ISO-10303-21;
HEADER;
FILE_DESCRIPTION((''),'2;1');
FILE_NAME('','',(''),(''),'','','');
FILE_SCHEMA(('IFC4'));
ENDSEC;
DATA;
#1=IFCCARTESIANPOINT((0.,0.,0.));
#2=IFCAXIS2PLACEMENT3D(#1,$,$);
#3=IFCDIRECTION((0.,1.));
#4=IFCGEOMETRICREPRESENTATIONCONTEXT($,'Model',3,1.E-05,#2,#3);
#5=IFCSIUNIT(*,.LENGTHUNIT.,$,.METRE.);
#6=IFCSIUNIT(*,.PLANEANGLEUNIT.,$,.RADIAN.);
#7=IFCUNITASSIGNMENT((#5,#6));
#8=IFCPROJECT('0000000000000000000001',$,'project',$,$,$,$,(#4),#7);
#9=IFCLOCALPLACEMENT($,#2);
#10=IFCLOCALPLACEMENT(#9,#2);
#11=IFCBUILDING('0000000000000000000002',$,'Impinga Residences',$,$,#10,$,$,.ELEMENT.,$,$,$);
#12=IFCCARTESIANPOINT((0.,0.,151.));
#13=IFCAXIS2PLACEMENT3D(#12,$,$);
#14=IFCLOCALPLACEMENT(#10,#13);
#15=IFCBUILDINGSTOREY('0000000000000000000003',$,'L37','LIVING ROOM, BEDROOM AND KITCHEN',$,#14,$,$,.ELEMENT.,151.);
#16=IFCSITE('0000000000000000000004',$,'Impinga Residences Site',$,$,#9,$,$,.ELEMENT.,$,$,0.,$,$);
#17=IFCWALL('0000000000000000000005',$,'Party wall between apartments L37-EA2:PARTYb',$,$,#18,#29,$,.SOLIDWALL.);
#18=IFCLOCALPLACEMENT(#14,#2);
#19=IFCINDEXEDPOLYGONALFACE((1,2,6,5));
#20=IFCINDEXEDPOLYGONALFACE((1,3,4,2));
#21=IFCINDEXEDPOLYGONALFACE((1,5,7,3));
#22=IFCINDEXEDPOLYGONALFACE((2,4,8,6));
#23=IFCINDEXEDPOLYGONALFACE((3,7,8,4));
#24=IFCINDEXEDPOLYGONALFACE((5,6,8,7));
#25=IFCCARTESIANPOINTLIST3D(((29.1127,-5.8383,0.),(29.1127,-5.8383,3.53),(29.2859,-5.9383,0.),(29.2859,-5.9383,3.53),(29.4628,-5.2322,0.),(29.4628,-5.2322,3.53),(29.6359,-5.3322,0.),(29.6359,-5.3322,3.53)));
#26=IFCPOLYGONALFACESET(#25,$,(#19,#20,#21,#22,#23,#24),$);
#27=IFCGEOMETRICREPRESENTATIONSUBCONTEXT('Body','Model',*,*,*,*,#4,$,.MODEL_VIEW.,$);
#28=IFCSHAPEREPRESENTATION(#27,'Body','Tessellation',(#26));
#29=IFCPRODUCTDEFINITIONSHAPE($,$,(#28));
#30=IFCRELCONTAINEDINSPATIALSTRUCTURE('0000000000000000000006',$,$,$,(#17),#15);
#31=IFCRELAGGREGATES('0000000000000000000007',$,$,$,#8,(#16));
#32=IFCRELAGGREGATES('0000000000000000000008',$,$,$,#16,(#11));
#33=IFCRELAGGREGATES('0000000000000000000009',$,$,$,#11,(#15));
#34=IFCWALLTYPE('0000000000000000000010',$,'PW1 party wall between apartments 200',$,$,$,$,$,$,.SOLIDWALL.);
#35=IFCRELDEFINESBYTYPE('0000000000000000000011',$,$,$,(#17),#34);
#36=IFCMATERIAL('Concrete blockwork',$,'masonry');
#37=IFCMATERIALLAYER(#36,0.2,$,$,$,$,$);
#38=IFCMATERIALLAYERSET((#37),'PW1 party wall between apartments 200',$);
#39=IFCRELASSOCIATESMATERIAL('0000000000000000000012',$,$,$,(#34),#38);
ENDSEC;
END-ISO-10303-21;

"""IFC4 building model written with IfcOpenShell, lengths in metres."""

from ifc_helpers import new_model, si_unit, direction, frame, frame_2d, origin, place, context, subcontext, project, spatial, rectangle, extrude, material, layer, layer_set, type_object, element, save


model = new_model("IFC4")

# Units and contexts
model_context = context("Model", 3, precision=1e-05, world=origin(), true_north=direction((0.0, 1.0)))
body_context = subcontext(model_context, "Body", "Model", "MODEL_VIEW")
ifc_project = project(units=[si_unit("LENGTHUNIT", "METRE"), si_unit("PLANEANGLEUNIT", "RADIAN")], contexts=[model_context])

# Site, building, storey
site_placement = place(None, origin())
site = spatial("IfcSite", under=ifc_project, at=site_placement, Name="Impinga Residences Site", CompositionType="ELEMENT", RefElevation=0.0)
building_placement = place(site_placement, origin())
building = spatial("IfcBuilding", under=site, at=building_placement, Name="Impinga Residences", CompositionType="ELEMENT")
storey_placement = place(building_placement, frame((0.0, 0.0, 151.0)))
storey = spatial("IfcBuildingStorey", under=building, at=storey_placement, Name="L37", Description="LIVING ROOM, BEDROOM AND KITCHEN", CompositionType="ELEMENT", Elevation=151.0)

# Wall
ifc_material_1 = material(Name="Concrete blockwork", Category="masonry")
ifc_layer_1 = layer(ifc_material_1, 0.2)
ifc_layer_set_1 = layer_set([ifc_layer_1], Name="PW1 party wall between apartments 200")
wall_type_1 = type_object("IfcWallType", Name="PW1 party wall between apartments 200", PredefinedType="SOLIDWALL", material=ifc_layer_set_1)
for number, where, z_axis, x_axis, name in (
    (1, (29.1992, -5.8884, 0.0), (0.0, 0.0, 1.0), (0.500115, 0.865959, 0.0), "Party wall between apartments L37-EA2:PARTYb"),
):
    element("IfcWall", number, at=place(storey_placement, frame(where, z_axis=z_axis, x_axis=x_axis)), inside=storey, type_object=wall_type_1, Name=name, PredefinedType="SOLIDWALL", context=body_context, shape_type="SweptSolid", body=[
        extrude(rectangle(XDim=0.7, YDim=0.2, at=frame_2d((0.3501, 0.0))), origin(), (0.0, 0.0, 1.0), 3.53),
    ])

save(model, "model.ifc")
